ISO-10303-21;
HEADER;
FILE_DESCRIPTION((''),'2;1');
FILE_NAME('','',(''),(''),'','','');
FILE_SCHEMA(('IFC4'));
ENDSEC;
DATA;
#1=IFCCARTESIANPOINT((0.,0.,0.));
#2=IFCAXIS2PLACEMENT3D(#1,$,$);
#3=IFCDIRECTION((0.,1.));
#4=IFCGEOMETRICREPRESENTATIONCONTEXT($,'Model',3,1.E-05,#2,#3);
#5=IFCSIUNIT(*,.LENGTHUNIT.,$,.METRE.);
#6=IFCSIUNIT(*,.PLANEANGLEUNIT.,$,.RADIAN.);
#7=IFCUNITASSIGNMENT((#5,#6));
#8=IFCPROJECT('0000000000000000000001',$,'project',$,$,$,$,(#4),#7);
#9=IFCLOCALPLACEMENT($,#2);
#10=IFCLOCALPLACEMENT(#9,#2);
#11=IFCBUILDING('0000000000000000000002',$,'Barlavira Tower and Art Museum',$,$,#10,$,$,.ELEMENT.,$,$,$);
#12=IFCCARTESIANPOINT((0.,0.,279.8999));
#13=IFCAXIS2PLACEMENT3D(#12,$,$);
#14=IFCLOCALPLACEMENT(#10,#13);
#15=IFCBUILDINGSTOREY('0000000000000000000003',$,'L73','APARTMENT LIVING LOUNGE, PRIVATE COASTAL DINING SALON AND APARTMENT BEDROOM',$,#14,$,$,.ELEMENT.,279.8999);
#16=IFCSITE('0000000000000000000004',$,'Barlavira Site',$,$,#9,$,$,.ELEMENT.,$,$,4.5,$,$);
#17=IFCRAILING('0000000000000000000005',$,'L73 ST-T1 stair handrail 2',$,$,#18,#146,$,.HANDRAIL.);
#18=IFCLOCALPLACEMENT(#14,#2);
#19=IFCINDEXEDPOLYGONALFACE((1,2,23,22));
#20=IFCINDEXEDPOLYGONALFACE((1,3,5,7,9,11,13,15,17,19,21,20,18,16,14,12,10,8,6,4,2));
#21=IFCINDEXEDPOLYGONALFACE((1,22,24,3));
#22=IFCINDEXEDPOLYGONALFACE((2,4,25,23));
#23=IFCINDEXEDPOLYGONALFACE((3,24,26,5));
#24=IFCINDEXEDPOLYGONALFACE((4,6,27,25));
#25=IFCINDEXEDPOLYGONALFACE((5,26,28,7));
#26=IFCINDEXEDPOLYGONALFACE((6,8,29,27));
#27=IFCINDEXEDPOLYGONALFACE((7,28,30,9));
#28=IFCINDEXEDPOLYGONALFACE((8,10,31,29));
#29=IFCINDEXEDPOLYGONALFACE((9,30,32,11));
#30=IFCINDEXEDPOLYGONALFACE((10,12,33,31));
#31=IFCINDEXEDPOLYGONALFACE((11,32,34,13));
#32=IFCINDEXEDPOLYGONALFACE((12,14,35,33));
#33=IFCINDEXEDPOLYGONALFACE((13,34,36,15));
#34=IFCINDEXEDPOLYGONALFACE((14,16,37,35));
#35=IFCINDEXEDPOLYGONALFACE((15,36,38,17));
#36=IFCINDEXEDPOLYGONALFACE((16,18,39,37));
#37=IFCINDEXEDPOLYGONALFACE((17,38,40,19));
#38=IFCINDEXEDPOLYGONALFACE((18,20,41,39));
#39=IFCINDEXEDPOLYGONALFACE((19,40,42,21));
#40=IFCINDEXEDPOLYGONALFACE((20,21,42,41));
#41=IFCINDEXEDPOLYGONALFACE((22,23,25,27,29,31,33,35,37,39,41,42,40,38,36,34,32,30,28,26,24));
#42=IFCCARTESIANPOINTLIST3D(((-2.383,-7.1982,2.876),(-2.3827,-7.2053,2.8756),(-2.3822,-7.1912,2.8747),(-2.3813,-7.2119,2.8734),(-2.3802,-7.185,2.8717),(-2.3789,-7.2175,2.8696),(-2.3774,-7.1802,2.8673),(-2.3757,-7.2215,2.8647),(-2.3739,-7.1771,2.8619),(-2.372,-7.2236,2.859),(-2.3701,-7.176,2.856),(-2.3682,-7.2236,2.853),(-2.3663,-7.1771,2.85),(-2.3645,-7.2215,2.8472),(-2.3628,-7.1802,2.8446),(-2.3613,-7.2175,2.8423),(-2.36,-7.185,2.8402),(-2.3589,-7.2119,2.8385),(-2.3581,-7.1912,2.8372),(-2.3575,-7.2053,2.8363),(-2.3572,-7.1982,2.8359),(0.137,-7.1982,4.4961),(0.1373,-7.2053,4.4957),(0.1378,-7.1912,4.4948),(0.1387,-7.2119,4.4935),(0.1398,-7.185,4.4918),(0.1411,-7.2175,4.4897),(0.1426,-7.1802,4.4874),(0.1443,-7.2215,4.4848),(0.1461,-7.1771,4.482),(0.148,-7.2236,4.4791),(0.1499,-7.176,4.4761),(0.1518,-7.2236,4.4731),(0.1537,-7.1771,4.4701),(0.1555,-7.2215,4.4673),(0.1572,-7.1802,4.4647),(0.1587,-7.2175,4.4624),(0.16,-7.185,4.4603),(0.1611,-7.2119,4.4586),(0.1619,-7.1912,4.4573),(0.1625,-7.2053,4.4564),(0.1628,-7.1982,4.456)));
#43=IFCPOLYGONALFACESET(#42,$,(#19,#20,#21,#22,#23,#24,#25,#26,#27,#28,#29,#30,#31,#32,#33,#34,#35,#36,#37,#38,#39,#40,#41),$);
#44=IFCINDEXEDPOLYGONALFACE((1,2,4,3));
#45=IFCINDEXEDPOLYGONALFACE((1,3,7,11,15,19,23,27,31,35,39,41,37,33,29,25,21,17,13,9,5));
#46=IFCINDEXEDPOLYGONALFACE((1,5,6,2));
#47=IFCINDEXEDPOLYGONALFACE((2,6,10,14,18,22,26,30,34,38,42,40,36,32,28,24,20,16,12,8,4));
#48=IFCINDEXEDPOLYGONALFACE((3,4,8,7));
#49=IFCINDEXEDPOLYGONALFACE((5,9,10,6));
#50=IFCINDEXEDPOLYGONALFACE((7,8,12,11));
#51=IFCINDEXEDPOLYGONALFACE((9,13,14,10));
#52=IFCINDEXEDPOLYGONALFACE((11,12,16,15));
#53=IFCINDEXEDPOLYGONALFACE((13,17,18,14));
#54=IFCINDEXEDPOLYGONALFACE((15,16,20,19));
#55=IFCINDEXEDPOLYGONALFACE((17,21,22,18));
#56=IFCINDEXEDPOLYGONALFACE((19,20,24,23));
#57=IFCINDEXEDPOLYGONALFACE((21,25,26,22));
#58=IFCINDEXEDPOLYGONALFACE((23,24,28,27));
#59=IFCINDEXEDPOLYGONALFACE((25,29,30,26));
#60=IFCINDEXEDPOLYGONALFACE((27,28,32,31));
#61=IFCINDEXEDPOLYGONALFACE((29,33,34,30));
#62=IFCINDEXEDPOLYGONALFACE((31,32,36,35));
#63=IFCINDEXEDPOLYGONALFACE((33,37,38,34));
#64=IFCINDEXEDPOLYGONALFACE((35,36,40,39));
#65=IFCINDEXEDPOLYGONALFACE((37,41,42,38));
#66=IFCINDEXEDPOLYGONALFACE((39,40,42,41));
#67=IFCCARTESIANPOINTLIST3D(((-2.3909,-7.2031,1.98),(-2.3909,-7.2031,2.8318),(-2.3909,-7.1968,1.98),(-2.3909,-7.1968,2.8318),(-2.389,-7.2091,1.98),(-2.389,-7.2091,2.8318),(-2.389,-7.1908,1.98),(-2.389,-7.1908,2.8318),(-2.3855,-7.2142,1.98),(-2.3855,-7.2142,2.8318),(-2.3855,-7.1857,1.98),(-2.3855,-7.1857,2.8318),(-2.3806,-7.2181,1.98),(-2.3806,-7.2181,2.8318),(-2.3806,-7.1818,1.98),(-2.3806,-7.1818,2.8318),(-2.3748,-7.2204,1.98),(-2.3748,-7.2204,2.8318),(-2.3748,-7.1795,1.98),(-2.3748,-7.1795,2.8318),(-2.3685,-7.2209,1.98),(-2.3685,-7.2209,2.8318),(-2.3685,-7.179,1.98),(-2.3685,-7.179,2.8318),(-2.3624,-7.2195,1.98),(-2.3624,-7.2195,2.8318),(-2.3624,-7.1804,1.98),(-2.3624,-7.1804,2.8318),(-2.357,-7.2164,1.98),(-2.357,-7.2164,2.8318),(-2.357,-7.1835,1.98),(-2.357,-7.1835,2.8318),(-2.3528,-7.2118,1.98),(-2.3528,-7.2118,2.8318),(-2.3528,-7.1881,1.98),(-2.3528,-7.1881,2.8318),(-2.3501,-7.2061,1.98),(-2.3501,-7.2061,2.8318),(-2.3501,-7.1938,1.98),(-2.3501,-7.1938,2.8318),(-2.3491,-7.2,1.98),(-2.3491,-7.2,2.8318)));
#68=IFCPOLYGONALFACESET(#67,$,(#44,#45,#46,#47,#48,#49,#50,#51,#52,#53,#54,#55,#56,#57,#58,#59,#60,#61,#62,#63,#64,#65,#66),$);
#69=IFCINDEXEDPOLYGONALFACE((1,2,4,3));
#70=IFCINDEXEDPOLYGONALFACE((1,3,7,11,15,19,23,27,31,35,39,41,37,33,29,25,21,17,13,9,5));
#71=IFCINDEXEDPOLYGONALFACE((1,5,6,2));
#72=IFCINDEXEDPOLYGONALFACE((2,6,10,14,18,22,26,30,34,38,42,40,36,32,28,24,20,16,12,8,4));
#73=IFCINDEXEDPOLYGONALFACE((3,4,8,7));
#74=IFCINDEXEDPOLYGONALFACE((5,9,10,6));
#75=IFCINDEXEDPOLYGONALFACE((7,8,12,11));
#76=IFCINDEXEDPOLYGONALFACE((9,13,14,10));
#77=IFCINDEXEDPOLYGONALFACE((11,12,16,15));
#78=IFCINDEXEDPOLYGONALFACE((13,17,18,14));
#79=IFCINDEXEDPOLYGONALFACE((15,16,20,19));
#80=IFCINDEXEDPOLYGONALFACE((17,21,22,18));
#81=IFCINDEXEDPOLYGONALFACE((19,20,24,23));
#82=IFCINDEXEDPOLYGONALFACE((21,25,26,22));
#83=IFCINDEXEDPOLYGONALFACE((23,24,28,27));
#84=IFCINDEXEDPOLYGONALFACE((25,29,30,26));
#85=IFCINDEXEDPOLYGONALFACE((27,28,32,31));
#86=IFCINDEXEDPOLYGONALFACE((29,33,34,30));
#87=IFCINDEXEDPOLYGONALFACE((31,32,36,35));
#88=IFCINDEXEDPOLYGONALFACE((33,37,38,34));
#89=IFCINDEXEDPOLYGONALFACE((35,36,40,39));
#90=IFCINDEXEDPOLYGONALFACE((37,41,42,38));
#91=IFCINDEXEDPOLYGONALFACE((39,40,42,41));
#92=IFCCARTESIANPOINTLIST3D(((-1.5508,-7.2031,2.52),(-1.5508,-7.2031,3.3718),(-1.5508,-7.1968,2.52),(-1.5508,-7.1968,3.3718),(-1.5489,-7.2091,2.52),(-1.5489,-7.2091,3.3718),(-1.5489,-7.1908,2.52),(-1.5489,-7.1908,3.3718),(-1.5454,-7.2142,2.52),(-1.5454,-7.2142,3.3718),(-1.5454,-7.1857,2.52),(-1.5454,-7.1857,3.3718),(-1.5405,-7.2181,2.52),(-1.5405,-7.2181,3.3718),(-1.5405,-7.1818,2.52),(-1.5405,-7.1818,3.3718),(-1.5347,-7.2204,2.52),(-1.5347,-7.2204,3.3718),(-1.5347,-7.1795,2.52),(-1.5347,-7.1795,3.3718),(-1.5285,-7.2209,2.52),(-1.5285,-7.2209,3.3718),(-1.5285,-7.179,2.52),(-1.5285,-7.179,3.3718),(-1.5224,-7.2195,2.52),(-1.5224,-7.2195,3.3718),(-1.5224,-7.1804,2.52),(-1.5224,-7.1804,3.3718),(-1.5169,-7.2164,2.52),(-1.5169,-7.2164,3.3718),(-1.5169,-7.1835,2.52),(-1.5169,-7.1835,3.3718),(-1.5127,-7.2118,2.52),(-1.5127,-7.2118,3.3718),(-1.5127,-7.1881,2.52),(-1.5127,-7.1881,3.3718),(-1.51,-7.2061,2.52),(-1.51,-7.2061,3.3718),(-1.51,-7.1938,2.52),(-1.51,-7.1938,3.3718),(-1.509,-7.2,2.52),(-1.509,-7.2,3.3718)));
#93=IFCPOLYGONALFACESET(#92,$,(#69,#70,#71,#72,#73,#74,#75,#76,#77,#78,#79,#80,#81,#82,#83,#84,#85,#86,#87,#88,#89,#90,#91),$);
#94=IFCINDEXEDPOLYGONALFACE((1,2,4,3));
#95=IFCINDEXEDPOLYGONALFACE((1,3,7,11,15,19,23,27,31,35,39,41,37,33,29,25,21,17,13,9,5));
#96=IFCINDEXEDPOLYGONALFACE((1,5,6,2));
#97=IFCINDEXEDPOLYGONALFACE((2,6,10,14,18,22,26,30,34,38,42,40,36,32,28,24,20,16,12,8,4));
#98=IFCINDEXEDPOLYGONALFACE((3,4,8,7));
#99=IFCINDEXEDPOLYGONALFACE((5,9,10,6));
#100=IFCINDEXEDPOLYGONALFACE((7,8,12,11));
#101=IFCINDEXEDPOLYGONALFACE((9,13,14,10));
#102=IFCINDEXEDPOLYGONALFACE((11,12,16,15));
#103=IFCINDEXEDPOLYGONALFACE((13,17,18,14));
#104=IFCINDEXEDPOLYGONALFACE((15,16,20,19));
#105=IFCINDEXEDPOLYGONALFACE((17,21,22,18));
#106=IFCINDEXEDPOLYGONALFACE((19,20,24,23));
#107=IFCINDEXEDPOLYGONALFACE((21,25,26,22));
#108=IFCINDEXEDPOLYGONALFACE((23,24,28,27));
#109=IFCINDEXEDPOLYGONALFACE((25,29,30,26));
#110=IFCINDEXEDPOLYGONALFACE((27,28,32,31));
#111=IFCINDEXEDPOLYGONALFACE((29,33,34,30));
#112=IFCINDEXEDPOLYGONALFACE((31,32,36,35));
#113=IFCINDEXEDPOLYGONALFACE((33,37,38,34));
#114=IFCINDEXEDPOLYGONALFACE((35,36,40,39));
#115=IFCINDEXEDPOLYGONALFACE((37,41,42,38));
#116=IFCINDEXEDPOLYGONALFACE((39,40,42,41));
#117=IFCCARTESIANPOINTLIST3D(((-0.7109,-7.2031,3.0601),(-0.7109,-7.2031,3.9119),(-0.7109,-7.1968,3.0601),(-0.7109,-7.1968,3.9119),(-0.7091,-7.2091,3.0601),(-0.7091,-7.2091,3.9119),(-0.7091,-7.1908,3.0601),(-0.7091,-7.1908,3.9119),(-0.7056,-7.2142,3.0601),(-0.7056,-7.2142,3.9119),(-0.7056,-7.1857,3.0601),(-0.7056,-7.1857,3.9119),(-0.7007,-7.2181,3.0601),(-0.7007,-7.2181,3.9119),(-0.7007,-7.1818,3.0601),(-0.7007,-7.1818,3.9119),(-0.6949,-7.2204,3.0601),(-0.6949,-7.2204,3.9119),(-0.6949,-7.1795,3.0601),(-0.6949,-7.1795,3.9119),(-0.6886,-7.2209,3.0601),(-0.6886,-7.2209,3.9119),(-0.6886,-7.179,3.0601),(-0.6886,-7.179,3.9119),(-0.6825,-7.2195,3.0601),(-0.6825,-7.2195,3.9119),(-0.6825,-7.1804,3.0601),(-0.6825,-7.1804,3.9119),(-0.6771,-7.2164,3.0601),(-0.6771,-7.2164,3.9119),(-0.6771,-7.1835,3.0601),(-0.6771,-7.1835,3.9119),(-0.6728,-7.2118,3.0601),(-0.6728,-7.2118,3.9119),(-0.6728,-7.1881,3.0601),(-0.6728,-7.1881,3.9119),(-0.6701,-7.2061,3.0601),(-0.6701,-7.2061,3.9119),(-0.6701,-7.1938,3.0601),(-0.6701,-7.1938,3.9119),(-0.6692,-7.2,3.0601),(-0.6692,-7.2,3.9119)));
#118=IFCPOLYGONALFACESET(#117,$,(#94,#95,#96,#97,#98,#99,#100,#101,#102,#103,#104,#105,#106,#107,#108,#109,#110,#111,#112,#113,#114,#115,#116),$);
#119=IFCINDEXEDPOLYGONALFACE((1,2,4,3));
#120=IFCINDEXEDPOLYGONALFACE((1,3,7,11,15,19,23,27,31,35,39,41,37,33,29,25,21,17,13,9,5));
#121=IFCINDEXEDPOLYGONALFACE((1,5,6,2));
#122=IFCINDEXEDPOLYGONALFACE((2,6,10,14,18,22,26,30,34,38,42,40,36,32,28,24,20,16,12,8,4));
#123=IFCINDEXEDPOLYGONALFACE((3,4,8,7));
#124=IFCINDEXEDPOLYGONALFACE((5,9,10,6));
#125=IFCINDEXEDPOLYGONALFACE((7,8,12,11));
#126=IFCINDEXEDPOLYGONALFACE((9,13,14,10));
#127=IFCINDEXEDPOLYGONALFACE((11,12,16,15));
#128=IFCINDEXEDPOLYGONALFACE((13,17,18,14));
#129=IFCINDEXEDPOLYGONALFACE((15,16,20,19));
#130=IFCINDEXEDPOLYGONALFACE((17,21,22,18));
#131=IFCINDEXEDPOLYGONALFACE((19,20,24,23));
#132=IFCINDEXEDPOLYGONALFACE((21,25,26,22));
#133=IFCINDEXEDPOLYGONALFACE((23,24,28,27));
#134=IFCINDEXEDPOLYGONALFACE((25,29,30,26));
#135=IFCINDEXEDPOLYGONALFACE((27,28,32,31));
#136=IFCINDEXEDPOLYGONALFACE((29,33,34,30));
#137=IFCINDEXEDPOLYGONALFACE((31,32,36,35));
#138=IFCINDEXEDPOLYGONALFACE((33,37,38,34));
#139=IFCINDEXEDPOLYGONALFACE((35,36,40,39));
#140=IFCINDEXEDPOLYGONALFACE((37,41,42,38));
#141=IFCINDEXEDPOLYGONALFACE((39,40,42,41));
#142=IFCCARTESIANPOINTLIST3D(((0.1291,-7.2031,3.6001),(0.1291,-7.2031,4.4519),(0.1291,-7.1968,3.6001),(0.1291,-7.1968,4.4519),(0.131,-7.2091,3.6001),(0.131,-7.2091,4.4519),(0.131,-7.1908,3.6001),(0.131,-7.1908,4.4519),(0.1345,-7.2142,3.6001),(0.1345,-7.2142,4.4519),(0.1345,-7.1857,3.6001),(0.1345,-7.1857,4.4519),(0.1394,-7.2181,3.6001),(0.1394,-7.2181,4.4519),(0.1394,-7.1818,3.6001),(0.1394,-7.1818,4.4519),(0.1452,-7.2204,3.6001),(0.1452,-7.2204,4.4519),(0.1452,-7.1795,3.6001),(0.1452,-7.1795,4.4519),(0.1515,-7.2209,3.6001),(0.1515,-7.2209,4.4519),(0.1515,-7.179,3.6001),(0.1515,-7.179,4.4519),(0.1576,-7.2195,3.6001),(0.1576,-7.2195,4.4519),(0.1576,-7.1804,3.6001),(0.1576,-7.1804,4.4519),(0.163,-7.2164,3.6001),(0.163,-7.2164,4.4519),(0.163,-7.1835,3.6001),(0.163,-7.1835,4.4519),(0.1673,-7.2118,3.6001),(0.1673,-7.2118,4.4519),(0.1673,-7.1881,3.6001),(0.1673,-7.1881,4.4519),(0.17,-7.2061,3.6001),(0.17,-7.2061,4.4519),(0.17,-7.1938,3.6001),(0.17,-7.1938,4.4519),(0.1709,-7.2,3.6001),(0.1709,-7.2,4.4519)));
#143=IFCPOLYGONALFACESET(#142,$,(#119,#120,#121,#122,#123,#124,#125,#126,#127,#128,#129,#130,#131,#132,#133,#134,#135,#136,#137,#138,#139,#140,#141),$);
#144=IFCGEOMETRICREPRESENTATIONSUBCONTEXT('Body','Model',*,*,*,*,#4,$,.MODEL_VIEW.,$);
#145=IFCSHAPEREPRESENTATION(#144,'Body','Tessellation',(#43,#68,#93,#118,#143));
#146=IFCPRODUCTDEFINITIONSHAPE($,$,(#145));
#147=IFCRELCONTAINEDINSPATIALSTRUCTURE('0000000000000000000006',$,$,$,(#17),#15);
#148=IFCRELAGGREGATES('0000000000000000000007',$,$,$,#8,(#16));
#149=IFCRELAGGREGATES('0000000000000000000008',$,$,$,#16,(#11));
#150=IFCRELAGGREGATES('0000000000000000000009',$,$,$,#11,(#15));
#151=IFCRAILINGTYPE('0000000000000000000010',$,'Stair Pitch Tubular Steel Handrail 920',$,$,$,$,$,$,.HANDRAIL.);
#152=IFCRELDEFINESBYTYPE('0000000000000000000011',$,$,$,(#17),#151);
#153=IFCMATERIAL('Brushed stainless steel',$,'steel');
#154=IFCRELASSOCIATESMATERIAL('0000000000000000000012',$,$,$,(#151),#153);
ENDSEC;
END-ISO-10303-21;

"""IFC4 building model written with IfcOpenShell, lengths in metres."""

from ifc_helpers import new_model, si_unit, direction, frame, origin, origin_2d, place, context, subcontext, project, spatial, circle, extrude, material, type_object, element, save


model = new_model("IFC4")

# Units and contexts
model_context = context("Model", 3, precision=1e-05, world=origin(), true_north=direction((0.0, 1.0)))
body_context = subcontext(model_context, "Body", "Model", "MODEL_VIEW")
ifc_project = project(units=[si_unit("LENGTHUNIT", "METRE"), si_unit("PLANEANGLEUNIT", "RADIAN")], contexts=[model_context])

# Site, building, storey
site_placement = place(None, origin())
site = spatial("IfcSite", under=ifc_project, at=site_placement, Name="Barlavira Site", CompositionType="ELEMENT", RefElevation=4.5)
building_placement = place(site_placement, origin())
building = spatial("IfcBuilding", under=site, at=building_placement, Name="Barlavira Tower and Art Museum", CompositionType="ELEMENT")
storey_placement = place(building_placement, frame((0.0, 0.0, 279.8999)))
storey = spatial("IfcBuildingStorey", under=building, at=storey_placement, Name="L73", Description="APARTMENT LIVING LOUNGE, PRIVATE COASTAL DINING SALON AND APARTMENT BEDROOM", CompositionType="ELEMENT", Elevation=279.8999)

# Shared definitions
ifc_material_1 = material(Name="Brushed stainless steel", Category="steel")

# Railing
railing_type_1 = type_object("IfcRailingType", Name="Stair Pitch Tubular Steel Handrail 920", PredefinedType="HANDRAIL", material=ifc_material_1)
railing_1_placement = place(storey_placement, frame((-2.3701, -7.2, 1.98)))
element("IfcRailing", 1, at=railing_1_placement, inside=storey, type_object=railing_type_1, Name="L73 ST-T1 stair handrail 2", PredefinedType="HANDRAIL", context=body_context, shape_type="SweptSolid", body=[
    extrude(circle(Radius=0.0239, at=origin_2d()), frame((0.0, 0.0, 0.876), z_axis=(0.841163, 0.0, 0.540782), x_axis=(0.0, 1.0, 0.0)), (0.0, 0.0, 1.0), 2.9958),
    extrude(circle(Radius=0.021, at=origin_2d()), origin(), (0.0, 0.0, 1.0), 0.8518),
    extrude(circle(Radius=0.021, at=origin_2d()), frame((0.8401, 0.0, 0.54)), (0.0, 0.0, 1.0), 0.8518),
    extrude(circle(Radius=0.021, at=origin_2d()), frame((1.6799, 0.0, 1.0801)), (0.0, 0.0, 1.0), 0.8518),
    extrude(circle(Radius=0.021, at=origin_2d()), frame((2.52, 0.0, 1.6201)), (0.0, 0.0, 1.0), 0.8518),
])

save(model, "model.ifc")
